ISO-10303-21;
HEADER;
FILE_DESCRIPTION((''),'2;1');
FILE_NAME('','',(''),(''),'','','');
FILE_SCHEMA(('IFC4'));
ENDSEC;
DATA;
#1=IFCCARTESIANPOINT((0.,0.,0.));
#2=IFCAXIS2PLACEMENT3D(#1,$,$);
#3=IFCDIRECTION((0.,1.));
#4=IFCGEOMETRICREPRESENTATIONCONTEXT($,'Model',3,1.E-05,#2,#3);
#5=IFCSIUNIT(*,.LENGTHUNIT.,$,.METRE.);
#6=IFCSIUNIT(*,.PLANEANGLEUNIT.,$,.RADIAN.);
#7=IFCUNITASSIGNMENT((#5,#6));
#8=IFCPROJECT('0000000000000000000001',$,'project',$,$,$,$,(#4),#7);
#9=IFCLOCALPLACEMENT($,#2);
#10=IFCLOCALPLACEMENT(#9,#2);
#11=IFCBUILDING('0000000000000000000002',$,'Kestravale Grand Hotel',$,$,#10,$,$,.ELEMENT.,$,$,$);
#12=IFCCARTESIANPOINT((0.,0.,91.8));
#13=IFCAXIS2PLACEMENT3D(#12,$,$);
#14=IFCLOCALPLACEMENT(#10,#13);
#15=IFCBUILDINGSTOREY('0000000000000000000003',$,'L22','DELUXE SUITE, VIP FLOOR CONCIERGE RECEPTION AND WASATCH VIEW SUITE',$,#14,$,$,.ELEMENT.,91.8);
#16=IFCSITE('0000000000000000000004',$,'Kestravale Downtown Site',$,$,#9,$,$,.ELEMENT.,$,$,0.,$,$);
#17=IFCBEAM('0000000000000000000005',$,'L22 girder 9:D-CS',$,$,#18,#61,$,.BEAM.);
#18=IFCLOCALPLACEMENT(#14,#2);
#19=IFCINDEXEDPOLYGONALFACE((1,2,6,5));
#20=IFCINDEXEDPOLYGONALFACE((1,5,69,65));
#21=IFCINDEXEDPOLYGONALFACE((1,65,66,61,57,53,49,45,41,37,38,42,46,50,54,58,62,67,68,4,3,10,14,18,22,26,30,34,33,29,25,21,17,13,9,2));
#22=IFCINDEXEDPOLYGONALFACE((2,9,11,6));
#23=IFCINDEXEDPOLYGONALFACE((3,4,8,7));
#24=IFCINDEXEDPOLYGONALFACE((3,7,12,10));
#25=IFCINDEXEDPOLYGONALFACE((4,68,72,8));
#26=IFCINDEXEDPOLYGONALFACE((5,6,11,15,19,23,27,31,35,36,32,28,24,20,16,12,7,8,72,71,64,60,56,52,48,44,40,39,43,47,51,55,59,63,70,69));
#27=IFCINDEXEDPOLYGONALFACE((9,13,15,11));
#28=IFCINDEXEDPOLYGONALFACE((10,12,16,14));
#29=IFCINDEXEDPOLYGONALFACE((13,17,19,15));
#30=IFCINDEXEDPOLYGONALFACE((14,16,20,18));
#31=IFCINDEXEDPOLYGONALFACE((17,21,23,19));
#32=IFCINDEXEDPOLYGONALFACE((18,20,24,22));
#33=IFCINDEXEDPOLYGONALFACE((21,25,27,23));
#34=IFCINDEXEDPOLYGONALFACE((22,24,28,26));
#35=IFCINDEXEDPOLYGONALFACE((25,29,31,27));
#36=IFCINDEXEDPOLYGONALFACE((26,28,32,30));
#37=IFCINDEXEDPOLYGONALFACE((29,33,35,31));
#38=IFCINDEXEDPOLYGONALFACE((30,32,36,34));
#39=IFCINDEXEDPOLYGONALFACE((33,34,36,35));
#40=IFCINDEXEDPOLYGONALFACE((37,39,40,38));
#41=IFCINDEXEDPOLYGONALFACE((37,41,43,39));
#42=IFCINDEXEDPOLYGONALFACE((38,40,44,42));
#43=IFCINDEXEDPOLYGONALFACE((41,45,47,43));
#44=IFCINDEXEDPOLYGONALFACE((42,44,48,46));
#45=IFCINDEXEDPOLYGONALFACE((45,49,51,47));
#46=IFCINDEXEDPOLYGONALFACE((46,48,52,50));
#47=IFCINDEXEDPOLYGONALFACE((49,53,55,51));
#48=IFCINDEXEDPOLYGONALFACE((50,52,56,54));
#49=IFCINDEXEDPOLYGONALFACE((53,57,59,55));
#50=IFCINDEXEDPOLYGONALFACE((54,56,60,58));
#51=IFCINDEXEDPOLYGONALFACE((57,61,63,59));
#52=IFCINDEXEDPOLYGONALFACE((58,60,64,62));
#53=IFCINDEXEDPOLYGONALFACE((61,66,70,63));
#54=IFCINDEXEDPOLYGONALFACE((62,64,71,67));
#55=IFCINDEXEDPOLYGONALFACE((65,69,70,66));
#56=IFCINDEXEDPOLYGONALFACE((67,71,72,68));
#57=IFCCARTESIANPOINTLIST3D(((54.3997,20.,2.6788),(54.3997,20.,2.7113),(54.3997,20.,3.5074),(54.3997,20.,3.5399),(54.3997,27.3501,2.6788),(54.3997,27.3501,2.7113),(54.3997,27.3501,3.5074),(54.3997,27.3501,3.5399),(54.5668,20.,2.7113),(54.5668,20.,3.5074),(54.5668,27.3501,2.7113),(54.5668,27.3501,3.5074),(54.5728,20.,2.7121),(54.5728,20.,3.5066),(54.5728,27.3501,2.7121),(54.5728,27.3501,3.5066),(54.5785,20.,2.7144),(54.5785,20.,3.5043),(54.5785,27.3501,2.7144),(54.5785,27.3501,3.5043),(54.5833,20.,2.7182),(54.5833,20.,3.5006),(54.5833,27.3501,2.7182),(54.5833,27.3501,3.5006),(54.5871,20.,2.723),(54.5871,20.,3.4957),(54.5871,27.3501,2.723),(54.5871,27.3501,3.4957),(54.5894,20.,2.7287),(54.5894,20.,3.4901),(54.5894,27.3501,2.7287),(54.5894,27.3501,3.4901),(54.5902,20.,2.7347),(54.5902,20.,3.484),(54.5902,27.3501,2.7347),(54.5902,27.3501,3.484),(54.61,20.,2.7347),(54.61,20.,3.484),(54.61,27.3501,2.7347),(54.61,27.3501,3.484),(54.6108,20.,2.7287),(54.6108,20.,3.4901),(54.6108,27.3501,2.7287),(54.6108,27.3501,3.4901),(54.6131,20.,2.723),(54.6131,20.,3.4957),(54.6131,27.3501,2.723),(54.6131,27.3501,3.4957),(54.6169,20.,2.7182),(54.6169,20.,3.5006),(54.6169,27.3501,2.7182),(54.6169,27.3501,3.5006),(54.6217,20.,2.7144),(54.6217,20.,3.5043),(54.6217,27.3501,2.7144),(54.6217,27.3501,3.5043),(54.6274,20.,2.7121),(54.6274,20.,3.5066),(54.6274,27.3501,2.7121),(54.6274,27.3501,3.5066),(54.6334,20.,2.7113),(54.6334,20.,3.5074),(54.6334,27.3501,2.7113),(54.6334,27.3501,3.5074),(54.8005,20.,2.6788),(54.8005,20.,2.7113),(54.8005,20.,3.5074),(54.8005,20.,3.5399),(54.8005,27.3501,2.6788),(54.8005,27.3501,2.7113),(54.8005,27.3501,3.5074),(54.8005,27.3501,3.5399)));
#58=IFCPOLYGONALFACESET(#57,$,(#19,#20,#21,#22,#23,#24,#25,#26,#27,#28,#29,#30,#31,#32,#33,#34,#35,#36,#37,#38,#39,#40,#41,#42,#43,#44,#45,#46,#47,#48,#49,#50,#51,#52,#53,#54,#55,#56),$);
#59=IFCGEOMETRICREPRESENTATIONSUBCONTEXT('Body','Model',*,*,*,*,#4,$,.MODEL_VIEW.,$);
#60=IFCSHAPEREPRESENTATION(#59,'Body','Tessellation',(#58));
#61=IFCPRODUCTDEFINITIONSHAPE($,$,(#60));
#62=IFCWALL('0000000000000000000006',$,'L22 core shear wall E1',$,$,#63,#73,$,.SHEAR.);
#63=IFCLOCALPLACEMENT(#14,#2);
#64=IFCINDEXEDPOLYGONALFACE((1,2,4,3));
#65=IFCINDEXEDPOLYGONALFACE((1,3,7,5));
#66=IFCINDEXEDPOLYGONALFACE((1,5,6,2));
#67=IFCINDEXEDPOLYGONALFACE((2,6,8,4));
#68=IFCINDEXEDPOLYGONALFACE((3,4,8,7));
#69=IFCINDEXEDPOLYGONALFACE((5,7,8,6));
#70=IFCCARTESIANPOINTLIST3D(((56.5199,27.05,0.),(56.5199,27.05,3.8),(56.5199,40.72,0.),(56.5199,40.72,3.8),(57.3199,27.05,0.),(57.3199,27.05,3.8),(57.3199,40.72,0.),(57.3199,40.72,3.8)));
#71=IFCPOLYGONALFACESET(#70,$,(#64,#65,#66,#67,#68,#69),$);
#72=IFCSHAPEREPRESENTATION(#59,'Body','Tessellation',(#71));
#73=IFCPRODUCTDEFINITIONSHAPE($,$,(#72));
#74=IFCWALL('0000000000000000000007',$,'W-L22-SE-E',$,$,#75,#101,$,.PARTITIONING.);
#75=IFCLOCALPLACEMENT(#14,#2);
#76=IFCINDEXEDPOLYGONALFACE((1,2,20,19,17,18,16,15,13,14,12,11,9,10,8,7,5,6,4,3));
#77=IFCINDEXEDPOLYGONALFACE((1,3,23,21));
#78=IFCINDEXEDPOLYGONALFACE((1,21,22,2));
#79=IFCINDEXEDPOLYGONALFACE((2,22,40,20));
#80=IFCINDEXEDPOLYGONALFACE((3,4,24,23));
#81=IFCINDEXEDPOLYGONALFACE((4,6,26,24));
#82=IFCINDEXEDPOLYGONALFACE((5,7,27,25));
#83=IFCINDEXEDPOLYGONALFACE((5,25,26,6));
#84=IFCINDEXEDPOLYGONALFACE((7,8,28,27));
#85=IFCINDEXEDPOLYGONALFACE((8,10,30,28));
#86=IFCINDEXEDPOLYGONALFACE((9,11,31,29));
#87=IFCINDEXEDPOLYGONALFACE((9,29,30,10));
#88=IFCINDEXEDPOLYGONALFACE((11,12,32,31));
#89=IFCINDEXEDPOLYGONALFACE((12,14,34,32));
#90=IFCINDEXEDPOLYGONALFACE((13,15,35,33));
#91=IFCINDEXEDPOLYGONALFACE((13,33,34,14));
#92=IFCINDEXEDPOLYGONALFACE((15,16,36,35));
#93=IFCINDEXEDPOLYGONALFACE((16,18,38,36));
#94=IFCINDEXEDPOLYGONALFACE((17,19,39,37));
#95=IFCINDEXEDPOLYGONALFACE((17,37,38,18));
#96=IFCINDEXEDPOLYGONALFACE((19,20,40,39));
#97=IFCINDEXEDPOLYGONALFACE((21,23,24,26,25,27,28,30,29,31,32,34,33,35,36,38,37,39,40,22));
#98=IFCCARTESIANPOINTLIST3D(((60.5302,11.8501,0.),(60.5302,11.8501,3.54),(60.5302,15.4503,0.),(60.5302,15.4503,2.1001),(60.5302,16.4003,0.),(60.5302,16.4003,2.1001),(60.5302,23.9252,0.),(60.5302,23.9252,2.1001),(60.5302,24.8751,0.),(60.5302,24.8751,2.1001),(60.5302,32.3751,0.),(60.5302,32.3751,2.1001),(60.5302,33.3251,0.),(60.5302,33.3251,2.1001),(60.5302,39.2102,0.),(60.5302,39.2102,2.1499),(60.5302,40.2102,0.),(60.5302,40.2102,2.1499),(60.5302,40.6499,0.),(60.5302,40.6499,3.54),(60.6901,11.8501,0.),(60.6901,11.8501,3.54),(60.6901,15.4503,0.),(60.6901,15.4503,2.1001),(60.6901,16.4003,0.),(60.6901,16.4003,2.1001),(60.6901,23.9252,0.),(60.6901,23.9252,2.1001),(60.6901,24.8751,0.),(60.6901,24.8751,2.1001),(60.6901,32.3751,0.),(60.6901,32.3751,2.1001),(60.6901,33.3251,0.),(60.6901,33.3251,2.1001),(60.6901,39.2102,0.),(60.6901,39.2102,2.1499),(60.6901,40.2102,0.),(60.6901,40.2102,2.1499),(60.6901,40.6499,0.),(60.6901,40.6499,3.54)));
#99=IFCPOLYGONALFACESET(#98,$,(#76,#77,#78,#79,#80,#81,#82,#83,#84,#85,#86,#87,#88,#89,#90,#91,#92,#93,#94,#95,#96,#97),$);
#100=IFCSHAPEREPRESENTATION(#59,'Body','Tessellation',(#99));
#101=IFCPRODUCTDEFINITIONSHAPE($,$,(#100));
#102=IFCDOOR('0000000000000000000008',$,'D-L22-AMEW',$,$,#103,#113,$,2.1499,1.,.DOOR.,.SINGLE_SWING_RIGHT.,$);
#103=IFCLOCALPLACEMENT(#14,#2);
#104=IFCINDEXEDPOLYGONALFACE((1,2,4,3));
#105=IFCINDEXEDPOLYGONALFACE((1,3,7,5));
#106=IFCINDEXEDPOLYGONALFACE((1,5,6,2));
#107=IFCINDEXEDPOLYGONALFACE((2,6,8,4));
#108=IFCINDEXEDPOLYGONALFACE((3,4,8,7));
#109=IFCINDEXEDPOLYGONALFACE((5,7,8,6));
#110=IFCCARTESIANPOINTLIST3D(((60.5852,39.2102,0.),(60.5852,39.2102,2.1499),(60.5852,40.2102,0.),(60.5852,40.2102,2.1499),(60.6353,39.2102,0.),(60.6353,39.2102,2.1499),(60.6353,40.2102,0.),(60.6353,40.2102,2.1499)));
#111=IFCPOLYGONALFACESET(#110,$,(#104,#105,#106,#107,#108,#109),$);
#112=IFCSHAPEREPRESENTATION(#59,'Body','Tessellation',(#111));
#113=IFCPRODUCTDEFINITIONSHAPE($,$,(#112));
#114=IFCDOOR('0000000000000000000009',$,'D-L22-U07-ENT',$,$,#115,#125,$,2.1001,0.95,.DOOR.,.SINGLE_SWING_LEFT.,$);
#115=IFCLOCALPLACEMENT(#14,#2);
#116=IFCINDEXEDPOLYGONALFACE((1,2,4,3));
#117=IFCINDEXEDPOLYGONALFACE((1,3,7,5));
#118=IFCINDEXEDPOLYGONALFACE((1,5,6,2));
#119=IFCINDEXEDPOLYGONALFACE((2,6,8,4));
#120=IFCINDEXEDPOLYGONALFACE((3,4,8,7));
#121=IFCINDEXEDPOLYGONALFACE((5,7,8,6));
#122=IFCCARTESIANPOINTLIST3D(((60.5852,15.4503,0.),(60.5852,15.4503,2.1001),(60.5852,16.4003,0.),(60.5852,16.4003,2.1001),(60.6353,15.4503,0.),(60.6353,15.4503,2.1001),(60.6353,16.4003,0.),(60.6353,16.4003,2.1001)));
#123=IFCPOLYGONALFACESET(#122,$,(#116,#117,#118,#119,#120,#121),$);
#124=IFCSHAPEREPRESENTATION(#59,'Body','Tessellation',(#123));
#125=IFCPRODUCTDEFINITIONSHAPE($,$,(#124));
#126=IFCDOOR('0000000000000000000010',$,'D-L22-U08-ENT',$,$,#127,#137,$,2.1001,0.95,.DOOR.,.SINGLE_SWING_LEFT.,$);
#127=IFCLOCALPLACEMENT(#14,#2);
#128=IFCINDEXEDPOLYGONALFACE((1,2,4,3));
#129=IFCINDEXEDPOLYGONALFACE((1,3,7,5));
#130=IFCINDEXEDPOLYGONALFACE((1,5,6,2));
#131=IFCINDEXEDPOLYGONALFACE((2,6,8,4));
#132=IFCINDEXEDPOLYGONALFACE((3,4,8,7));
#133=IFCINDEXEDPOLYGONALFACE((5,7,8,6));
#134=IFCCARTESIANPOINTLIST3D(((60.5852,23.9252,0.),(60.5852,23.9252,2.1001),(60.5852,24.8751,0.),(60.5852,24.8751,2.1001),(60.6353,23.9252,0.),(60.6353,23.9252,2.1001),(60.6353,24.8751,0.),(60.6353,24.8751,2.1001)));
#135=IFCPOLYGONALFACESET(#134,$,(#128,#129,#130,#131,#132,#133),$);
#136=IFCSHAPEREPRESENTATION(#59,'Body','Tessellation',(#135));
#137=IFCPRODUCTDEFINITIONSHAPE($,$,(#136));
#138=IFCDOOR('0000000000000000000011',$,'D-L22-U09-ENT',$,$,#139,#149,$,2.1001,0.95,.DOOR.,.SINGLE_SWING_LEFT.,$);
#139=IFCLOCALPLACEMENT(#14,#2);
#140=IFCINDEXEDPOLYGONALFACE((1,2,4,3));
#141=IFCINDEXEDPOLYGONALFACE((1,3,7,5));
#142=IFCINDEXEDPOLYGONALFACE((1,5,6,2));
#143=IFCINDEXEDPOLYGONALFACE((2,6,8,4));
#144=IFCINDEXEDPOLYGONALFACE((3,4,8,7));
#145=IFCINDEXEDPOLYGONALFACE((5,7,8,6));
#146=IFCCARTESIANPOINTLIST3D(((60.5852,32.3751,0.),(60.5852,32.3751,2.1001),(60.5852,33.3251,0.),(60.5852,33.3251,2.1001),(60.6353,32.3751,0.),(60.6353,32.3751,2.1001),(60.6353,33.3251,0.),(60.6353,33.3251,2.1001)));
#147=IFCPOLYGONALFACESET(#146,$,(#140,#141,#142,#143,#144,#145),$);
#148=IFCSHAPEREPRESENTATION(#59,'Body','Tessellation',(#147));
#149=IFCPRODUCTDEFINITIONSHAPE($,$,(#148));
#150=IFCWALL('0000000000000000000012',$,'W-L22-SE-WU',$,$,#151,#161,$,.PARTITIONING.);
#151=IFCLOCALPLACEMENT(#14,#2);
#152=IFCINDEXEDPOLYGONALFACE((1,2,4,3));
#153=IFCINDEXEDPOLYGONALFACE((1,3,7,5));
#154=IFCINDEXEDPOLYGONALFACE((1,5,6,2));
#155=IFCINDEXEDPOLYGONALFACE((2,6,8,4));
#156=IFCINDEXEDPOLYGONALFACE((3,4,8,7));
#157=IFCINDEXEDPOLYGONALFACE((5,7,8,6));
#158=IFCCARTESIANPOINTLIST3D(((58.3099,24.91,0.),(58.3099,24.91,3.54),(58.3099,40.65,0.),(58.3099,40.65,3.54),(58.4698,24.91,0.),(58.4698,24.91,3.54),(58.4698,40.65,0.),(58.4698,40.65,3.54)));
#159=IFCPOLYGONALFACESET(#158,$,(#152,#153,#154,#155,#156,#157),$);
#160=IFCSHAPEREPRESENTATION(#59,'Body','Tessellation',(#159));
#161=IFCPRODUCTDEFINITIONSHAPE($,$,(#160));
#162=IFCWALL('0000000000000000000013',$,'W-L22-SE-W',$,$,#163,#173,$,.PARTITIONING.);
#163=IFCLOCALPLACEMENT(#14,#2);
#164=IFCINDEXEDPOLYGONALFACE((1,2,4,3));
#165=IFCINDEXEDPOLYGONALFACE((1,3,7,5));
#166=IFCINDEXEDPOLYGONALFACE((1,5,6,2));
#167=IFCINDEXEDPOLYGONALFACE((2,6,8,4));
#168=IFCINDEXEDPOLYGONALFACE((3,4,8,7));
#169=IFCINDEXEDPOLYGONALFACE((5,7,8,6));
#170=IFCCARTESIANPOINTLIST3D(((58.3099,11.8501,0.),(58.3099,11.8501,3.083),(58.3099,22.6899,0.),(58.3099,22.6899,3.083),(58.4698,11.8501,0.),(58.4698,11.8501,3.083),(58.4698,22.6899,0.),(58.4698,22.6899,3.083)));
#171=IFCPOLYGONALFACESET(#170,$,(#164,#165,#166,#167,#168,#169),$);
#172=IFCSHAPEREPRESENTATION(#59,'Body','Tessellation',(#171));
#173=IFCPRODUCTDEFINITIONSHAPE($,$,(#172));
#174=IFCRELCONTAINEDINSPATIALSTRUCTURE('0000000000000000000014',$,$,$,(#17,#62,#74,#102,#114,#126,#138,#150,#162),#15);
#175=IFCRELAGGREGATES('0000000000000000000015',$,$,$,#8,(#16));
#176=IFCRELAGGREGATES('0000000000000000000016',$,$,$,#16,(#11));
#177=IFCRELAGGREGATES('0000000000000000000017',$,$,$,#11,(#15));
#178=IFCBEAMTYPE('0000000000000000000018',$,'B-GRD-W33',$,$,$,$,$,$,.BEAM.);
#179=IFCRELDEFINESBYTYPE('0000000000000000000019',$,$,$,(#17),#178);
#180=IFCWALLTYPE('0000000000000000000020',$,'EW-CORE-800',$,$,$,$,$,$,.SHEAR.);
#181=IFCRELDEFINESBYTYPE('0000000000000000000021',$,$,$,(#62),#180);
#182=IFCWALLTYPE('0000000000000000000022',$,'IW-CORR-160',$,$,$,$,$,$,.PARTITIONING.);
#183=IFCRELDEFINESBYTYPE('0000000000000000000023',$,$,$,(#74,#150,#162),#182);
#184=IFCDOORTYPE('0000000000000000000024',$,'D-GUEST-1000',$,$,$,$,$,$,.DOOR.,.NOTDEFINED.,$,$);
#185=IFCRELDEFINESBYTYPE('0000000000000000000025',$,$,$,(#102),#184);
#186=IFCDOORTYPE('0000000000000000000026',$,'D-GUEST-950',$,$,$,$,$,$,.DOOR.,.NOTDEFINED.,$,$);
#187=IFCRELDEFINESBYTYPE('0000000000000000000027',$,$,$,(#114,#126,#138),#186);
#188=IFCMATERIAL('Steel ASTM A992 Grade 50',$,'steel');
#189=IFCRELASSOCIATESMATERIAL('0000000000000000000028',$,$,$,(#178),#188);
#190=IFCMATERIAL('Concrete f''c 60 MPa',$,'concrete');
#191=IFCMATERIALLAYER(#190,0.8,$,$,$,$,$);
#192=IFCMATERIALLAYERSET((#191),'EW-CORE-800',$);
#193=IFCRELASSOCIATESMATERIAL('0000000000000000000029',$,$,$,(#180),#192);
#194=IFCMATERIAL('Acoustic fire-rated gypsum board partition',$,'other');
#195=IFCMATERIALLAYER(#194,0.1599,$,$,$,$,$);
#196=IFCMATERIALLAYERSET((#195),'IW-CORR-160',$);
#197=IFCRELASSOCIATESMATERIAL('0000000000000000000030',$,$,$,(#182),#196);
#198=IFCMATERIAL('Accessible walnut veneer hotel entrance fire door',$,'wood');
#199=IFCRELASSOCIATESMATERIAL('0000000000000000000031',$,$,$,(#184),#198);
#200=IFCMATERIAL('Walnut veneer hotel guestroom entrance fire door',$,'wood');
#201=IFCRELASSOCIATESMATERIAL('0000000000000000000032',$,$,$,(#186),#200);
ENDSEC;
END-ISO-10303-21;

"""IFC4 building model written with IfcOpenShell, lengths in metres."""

from ifc_helpers import new_model, si_unit, direction, frame, frame_2d, origin, origin_2d, place, context, subcontext, project, spatial, rectangle, i_section, extrude, material, layer, layer_set, material_profile, profile_set, type_object, element, fill, save


model = new_model("IFC4")

# Units and contexts
model_context = context("Model", 3, precision=1e-05, world=origin(), true_north=direction((0.0, 1.0)))
body_context = subcontext(model_context, "Body", "Model", "MODEL_VIEW")
ifc_project = project(units=[si_unit("LENGTHUNIT", "METRE"), si_unit("PLANEANGLEUNIT", "RADIAN")], contexts=[model_context])

# Site, building, storey
site_placement = place(None, origin())
site = spatial("IfcSite", under=ifc_project, at=site_placement, Name="Kestravale Downtown Site", CompositionType="ELEMENT", RefElevation=0.0)
building_placement = place(site_placement, origin())
building = spatial("IfcBuilding", under=site, at=building_placement, Name="Kestravale Grand Hotel", CompositionType="ELEMENT")
storey_placement = place(building_placement, frame((0.0, 0.0, 91.8)))
storey = spatial("IfcBuildingStorey", under=building, at=storey_placement, Name="L22", Description="DELUXE SUITE, VIP FLOOR CONCIERGE RECEPTION AND WASATCH VIEW SUITE", CompositionType="ELEMENT", Elevation=91.8)

# Beam
ifc_material_1 = material(Name="Steel ASTM A992 Grade 50", Category="steel")
ifc_material_profile_1 = material_profile(ifc_material_1, i_section(OverallWidth=0.4009, OverallDepth=0.8611, WebThickness=0.0198, FlangeThickness=0.0325, FilletRadius=0.0234, at=origin_2d()))
ifc_profile_set_1 = profile_set([ifc_material_profile_1], Name="Steel ASTM A992 Grade 50")
beam_type_1 = type_object("IfcBeamType", Name="B-GRD-W33", PredefinedType="BEAM", material=ifc_profile_set_1)
beam_1_placement = place(storey_placement, frame((54.6001, 20.0, 3.1094), z_axis=(0.0, 1.0, 0.0), x_axis=(-1.0, 0.0, 0.0)))
element("IfcBeam", 1, at=beam_1_placement, inside=storey, type_object=beam_type_1, Name="L22 girder 9:D-CS", PredefinedType="BEAM", context=body_context, shape_type="SweptSolid", body=[
    extrude(i_section(OverallWidth=0.4009, OverallDepth=0.8611, WebThickness=0.0198, FlangeThickness=0.0325, FilletRadius=0.0234, at=origin_2d()), origin(), (0.0, 0.0, 1.0), 7.3501),
])

# Wall
ifc_material_2 = material(Name="Concrete f'c 60 MPa", Category="concrete")
ifc_layer_1 = layer(ifc_material_2, 0.8)
ifc_layer_set_1 = layer_set([ifc_layer_1], Name="EW-CORE-800")
wall_type_1 = type_object("IfcWallType", Name="EW-CORE-800", PredefinedType="SHEAR", material=ifc_layer_set_1)
wall_1_placement = place(storey_placement, frame((56.9199, 27.05, 0.0), z_axis=(0.0, 0.0, 1.0), x_axis=(0.0, 1.0, 0.0)))
element("IfcWall", 2, at=wall_1_placement, inside=storey, type_object=wall_type_1, Name="L22 core shear wall E1", PredefinedType="SHEAR", context=body_context, shape_type="SweptSolid", body=[
    extrude(rectangle(XDim=13.6699, YDim=0.8, at=frame_2d((6.835, 0.0))), origin(), (0.0, 0.0, 1.0), 3.8),
])

# Wall, openings, doors
ifc_material_3 = material(Name="Acoustic fire-rated gypsum board partition", Category="other")
ifc_layer_2 = layer(ifc_material_3, 0.1599)
ifc_layer_set_2 = layer_set([ifc_layer_2], Name="IW-CORR-160")
wall_type_2 = type_object("IfcWallType", Name="IW-CORR-160", PredefinedType="PARTITIONING", material=ifc_layer_set_2)
wall_2_placement = place(storey_placement, frame((60.6101, 11.8501, 0.0), z_axis=(0.0, 0.0, 1.0), x_axis=(0.0, 1.0, 0.0)))
wall_2 = element("IfcWall", 3, at=wall_2_placement, inside=storey, type_object=wall_type_2, Name="W-L22-SE-E", PredefinedType="PARTITIONING", context=body_context, shape_type="SweptSolid", body=[
    extrude(rectangle(XDim=28.7998, YDim=0.1599, at=frame_2d((14.3999, 0.0))), origin(), (0.0, 0.0, 1.0), 3.54),
])
opening_1_placement = place(wall_2_placement, frame((3.6001, 0.0, 0.0)))
opening_1 = element("IfcOpeningElement", 4, at=opening_1_placement, cuts=wall_2, PredefinedType="OPENING", context=body_context, shape_type="SweptSolid", body=[
    extrude(rectangle(XDim=0.95, YDim=2.1001, at=frame_2d((0.4751, 1.05))), frame((0.0, 0.0898, 0.0), z_axis=(0.0, -1.0, 0.0), x_axis=(1.0, 0.0, 0.0)), (0.0, 0.0, 1.0), 0.1799),
])
opening_2_placement = place(wall_2_placement, frame((12.075, 0.0, 0.0)))
opening_2 = element("IfcOpeningElement", 5, at=opening_2_placement, cuts=wall_2, PredefinedType="OPENING", context=body_context, shape_type="SweptSolid", body=[
    extrude(rectangle(XDim=0.95, YDim=2.1001, at=frame_2d((0.4751, 1.05))), frame((0.0, 0.0898, 0.0), z_axis=(0.0, -1.0, 0.0), x_axis=(1.0, 0.0, 0.0)), (0.0, 0.0, 1.0), 0.1799),
])
opening_3_placement = place(wall_2_placement, frame((20.5249, 0.0, 0.0)))
opening_3 = element("IfcOpeningElement", 6, at=opening_3_placement, cuts=wall_2, PredefinedType="OPENING", context=body_context, shape_type="SweptSolid", body=[
    extrude(rectangle(XDim=0.95, YDim=2.1001, at=frame_2d((0.4751, 1.05))), frame((0.0, 0.0898, 0.0), z_axis=(0.0, -1.0, 0.0), x_axis=(1.0, 0.0, 0.0)), (0.0, 0.0, 1.0), 0.1799),
])
opening_4_placement = place(wall_2_placement, frame((27.3601, 0.0, 0.0)))
opening_4 = element("IfcOpeningElement", 7, at=opening_4_placement, cuts=wall_2, PredefinedType="OPENING", context=body_context, shape_type="SweptSolid", body=[
    extrude(rectangle(XDim=1.0, YDim=2.1499, at=frame_2d((0.5, 1.075))), frame((0.0, 0.0898, 0.0), z_axis=(0.0, -1.0, 0.0), x_axis=(1.0, 0.0, 0.0)), (0.0, 0.0, 1.0), 0.1799),
])
ifc_material_4 = material(Name="Accessible walnut veneer hotel entrance fire door", Category="wood")
door_type_1 = type_object("IfcDoorType", Name="D-GUEST-1000", OperationType="NOTDEFINED", PredefinedType="DOOR", material=ifc_material_4)
door_1_placement = place(opening_4_placement, origin())
door_1 = element("IfcDoor", 8, at=door_1_placement, inside=storey, type_object=door_type_1, Name="D-L22-AMEW", OperationType="SINGLE_SWING_RIGHT", OverallHeight=2.1499, OverallWidth=1.0, PredefinedType="DOOR", context=body_context, shape_type="SweptSolid", body=[
    extrude(rectangle(XDim=1.0, YDim=2.1499, at=frame_2d((0.5, 1.075))), frame((0.0, 0.0249, 0.0), z_axis=(0.0, -1.0, 0.0), x_axis=(1.0, 0.0, 0.0)), (0.0, 0.0, 1.0), 0.05),
])
fill(opening_4, door_1)
ifc_material_5 = material(Name="Walnut veneer hotel guestroom entrance fire door", Category="wood")
door_type_2 = type_object("IfcDoorType", Name="D-GUEST-950", OperationType="NOTDEFINED", PredefinedType="DOOR", material=ifc_material_5)
door_2_placement = place(opening_1_placement, origin())
door_2 = element("IfcDoor", 9, at=door_2_placement, inside=storey, type_object=door_type_2, Name="D-L22-U07-ENT", OperationType="SINGLE_SWING_LEFT", OverallHeight=2.1001, OverallWidth=0.95, PredefinedType="DOOR", context=body_context, shape_type="SweptSolid", body=[
    extrude(rectangle(XDim=0.95, YDim=2.1001, at=frame_2d((0.4751, 1.05))), frame((0.0, 0.0249, 0.0), z_axis=(0.0, -1.0, 0.0), x_axis=(1.0, 0.0, 0.0)), (0.0, 0.0, 1.0), 0.05),
])
fill(opening_1, door_2)
door_3_placement = place(opening_2_placement, origin())
door_3 = element("IfcDoor", 10, at=door_3_placement, inside=storey, type_object=door_type_2, Name="D-L22-U08-ENT", OperationType="SINGLE_SWING_LEFT", OverallHeight=2.1001, OverallWidth=0.95, PredefinedType="DOOR", context=body_context, shape_type="SweptSolid", body=[
    extrude(rectangle(XDim=0.95, YDim=2.1001, at=frame_2d((0.4751, 1.05))), frame((0.0, 0.0249, 0.0), z_axis=(0.0, -1.0, 0.0), x_axis=(1.0, 0.0, 0.0)), (0.0, 0.0, 1.0), 0.05),
])
fill(opening_2, door_3)
door_4_placement = place(opening_3_placement, origin())
door_4 = element("IfcDoor", 11, at=door_4_placement, inside=storey, type_object=door_type_2, Name="D-L22-U09-ENT", OperationType="SINGLE_SWING_LEFT", OverallHeight=2.1001, OverallWidth=0.95, PredefinedType="DOOR", context=body_context, shape_type="SweptSolid", body=[
    extrude(rectangle(XDim=0.95, YDim=2.1001, at=frame_2d((0.4751, 1.05))), frame((0.0, 0.0249, 0.0), z_axis=(0.0, -1.0, 0.0), x_axis=(1.0, 0.0, 0.0)), (0.0, 0.0, 1.0), 0.05),
])
fill(opening_3, door_4)

# Walls
wall_3_placement = place(storey_placement, frame((58.3899, 24.9099, 0.0), z_axis=(0.0, 0.0, 1.0), x_axis=(0.0, 1.0, 0.0)))
element("IfcWall", 12, at=wall_3_placement, inside=storey, type_object=wall_type_2, Name="W-L22-SE-WU", PredefinedType="PARTITIONING", context=body_context, shape_type="SweptSolid", body=[
    extrude(rectangle(XDim=15.74, YDim=0.1599, at=frame_2d((7.8701, 0.0))), origin(), (0.0, 0.0, 1.0), 3.54),
])
wall_4_placement = place(storey_placement, frame((58.3899, 11.8501, 0.0), z_axis=(0.0, 0.0, 1.0), x_axis=(0.0, 1.0, 0.0)))
element("IfcWall", 13, at=wall_4_placement, inside=storey, type_object=wall_type_2, Name="W-L22-SE-W", PredefinedType="PARTITIONING", context=body_context, shape_type="SweptSolid", body=[
    extrude(rectangle(XDim=10.8398, YDim=0.1599, at=frame_2d((5.4199, 0.0))), origin(), (0.0, 0.0, 1.0), 3.083),
])

save(model, "model.ifc")
